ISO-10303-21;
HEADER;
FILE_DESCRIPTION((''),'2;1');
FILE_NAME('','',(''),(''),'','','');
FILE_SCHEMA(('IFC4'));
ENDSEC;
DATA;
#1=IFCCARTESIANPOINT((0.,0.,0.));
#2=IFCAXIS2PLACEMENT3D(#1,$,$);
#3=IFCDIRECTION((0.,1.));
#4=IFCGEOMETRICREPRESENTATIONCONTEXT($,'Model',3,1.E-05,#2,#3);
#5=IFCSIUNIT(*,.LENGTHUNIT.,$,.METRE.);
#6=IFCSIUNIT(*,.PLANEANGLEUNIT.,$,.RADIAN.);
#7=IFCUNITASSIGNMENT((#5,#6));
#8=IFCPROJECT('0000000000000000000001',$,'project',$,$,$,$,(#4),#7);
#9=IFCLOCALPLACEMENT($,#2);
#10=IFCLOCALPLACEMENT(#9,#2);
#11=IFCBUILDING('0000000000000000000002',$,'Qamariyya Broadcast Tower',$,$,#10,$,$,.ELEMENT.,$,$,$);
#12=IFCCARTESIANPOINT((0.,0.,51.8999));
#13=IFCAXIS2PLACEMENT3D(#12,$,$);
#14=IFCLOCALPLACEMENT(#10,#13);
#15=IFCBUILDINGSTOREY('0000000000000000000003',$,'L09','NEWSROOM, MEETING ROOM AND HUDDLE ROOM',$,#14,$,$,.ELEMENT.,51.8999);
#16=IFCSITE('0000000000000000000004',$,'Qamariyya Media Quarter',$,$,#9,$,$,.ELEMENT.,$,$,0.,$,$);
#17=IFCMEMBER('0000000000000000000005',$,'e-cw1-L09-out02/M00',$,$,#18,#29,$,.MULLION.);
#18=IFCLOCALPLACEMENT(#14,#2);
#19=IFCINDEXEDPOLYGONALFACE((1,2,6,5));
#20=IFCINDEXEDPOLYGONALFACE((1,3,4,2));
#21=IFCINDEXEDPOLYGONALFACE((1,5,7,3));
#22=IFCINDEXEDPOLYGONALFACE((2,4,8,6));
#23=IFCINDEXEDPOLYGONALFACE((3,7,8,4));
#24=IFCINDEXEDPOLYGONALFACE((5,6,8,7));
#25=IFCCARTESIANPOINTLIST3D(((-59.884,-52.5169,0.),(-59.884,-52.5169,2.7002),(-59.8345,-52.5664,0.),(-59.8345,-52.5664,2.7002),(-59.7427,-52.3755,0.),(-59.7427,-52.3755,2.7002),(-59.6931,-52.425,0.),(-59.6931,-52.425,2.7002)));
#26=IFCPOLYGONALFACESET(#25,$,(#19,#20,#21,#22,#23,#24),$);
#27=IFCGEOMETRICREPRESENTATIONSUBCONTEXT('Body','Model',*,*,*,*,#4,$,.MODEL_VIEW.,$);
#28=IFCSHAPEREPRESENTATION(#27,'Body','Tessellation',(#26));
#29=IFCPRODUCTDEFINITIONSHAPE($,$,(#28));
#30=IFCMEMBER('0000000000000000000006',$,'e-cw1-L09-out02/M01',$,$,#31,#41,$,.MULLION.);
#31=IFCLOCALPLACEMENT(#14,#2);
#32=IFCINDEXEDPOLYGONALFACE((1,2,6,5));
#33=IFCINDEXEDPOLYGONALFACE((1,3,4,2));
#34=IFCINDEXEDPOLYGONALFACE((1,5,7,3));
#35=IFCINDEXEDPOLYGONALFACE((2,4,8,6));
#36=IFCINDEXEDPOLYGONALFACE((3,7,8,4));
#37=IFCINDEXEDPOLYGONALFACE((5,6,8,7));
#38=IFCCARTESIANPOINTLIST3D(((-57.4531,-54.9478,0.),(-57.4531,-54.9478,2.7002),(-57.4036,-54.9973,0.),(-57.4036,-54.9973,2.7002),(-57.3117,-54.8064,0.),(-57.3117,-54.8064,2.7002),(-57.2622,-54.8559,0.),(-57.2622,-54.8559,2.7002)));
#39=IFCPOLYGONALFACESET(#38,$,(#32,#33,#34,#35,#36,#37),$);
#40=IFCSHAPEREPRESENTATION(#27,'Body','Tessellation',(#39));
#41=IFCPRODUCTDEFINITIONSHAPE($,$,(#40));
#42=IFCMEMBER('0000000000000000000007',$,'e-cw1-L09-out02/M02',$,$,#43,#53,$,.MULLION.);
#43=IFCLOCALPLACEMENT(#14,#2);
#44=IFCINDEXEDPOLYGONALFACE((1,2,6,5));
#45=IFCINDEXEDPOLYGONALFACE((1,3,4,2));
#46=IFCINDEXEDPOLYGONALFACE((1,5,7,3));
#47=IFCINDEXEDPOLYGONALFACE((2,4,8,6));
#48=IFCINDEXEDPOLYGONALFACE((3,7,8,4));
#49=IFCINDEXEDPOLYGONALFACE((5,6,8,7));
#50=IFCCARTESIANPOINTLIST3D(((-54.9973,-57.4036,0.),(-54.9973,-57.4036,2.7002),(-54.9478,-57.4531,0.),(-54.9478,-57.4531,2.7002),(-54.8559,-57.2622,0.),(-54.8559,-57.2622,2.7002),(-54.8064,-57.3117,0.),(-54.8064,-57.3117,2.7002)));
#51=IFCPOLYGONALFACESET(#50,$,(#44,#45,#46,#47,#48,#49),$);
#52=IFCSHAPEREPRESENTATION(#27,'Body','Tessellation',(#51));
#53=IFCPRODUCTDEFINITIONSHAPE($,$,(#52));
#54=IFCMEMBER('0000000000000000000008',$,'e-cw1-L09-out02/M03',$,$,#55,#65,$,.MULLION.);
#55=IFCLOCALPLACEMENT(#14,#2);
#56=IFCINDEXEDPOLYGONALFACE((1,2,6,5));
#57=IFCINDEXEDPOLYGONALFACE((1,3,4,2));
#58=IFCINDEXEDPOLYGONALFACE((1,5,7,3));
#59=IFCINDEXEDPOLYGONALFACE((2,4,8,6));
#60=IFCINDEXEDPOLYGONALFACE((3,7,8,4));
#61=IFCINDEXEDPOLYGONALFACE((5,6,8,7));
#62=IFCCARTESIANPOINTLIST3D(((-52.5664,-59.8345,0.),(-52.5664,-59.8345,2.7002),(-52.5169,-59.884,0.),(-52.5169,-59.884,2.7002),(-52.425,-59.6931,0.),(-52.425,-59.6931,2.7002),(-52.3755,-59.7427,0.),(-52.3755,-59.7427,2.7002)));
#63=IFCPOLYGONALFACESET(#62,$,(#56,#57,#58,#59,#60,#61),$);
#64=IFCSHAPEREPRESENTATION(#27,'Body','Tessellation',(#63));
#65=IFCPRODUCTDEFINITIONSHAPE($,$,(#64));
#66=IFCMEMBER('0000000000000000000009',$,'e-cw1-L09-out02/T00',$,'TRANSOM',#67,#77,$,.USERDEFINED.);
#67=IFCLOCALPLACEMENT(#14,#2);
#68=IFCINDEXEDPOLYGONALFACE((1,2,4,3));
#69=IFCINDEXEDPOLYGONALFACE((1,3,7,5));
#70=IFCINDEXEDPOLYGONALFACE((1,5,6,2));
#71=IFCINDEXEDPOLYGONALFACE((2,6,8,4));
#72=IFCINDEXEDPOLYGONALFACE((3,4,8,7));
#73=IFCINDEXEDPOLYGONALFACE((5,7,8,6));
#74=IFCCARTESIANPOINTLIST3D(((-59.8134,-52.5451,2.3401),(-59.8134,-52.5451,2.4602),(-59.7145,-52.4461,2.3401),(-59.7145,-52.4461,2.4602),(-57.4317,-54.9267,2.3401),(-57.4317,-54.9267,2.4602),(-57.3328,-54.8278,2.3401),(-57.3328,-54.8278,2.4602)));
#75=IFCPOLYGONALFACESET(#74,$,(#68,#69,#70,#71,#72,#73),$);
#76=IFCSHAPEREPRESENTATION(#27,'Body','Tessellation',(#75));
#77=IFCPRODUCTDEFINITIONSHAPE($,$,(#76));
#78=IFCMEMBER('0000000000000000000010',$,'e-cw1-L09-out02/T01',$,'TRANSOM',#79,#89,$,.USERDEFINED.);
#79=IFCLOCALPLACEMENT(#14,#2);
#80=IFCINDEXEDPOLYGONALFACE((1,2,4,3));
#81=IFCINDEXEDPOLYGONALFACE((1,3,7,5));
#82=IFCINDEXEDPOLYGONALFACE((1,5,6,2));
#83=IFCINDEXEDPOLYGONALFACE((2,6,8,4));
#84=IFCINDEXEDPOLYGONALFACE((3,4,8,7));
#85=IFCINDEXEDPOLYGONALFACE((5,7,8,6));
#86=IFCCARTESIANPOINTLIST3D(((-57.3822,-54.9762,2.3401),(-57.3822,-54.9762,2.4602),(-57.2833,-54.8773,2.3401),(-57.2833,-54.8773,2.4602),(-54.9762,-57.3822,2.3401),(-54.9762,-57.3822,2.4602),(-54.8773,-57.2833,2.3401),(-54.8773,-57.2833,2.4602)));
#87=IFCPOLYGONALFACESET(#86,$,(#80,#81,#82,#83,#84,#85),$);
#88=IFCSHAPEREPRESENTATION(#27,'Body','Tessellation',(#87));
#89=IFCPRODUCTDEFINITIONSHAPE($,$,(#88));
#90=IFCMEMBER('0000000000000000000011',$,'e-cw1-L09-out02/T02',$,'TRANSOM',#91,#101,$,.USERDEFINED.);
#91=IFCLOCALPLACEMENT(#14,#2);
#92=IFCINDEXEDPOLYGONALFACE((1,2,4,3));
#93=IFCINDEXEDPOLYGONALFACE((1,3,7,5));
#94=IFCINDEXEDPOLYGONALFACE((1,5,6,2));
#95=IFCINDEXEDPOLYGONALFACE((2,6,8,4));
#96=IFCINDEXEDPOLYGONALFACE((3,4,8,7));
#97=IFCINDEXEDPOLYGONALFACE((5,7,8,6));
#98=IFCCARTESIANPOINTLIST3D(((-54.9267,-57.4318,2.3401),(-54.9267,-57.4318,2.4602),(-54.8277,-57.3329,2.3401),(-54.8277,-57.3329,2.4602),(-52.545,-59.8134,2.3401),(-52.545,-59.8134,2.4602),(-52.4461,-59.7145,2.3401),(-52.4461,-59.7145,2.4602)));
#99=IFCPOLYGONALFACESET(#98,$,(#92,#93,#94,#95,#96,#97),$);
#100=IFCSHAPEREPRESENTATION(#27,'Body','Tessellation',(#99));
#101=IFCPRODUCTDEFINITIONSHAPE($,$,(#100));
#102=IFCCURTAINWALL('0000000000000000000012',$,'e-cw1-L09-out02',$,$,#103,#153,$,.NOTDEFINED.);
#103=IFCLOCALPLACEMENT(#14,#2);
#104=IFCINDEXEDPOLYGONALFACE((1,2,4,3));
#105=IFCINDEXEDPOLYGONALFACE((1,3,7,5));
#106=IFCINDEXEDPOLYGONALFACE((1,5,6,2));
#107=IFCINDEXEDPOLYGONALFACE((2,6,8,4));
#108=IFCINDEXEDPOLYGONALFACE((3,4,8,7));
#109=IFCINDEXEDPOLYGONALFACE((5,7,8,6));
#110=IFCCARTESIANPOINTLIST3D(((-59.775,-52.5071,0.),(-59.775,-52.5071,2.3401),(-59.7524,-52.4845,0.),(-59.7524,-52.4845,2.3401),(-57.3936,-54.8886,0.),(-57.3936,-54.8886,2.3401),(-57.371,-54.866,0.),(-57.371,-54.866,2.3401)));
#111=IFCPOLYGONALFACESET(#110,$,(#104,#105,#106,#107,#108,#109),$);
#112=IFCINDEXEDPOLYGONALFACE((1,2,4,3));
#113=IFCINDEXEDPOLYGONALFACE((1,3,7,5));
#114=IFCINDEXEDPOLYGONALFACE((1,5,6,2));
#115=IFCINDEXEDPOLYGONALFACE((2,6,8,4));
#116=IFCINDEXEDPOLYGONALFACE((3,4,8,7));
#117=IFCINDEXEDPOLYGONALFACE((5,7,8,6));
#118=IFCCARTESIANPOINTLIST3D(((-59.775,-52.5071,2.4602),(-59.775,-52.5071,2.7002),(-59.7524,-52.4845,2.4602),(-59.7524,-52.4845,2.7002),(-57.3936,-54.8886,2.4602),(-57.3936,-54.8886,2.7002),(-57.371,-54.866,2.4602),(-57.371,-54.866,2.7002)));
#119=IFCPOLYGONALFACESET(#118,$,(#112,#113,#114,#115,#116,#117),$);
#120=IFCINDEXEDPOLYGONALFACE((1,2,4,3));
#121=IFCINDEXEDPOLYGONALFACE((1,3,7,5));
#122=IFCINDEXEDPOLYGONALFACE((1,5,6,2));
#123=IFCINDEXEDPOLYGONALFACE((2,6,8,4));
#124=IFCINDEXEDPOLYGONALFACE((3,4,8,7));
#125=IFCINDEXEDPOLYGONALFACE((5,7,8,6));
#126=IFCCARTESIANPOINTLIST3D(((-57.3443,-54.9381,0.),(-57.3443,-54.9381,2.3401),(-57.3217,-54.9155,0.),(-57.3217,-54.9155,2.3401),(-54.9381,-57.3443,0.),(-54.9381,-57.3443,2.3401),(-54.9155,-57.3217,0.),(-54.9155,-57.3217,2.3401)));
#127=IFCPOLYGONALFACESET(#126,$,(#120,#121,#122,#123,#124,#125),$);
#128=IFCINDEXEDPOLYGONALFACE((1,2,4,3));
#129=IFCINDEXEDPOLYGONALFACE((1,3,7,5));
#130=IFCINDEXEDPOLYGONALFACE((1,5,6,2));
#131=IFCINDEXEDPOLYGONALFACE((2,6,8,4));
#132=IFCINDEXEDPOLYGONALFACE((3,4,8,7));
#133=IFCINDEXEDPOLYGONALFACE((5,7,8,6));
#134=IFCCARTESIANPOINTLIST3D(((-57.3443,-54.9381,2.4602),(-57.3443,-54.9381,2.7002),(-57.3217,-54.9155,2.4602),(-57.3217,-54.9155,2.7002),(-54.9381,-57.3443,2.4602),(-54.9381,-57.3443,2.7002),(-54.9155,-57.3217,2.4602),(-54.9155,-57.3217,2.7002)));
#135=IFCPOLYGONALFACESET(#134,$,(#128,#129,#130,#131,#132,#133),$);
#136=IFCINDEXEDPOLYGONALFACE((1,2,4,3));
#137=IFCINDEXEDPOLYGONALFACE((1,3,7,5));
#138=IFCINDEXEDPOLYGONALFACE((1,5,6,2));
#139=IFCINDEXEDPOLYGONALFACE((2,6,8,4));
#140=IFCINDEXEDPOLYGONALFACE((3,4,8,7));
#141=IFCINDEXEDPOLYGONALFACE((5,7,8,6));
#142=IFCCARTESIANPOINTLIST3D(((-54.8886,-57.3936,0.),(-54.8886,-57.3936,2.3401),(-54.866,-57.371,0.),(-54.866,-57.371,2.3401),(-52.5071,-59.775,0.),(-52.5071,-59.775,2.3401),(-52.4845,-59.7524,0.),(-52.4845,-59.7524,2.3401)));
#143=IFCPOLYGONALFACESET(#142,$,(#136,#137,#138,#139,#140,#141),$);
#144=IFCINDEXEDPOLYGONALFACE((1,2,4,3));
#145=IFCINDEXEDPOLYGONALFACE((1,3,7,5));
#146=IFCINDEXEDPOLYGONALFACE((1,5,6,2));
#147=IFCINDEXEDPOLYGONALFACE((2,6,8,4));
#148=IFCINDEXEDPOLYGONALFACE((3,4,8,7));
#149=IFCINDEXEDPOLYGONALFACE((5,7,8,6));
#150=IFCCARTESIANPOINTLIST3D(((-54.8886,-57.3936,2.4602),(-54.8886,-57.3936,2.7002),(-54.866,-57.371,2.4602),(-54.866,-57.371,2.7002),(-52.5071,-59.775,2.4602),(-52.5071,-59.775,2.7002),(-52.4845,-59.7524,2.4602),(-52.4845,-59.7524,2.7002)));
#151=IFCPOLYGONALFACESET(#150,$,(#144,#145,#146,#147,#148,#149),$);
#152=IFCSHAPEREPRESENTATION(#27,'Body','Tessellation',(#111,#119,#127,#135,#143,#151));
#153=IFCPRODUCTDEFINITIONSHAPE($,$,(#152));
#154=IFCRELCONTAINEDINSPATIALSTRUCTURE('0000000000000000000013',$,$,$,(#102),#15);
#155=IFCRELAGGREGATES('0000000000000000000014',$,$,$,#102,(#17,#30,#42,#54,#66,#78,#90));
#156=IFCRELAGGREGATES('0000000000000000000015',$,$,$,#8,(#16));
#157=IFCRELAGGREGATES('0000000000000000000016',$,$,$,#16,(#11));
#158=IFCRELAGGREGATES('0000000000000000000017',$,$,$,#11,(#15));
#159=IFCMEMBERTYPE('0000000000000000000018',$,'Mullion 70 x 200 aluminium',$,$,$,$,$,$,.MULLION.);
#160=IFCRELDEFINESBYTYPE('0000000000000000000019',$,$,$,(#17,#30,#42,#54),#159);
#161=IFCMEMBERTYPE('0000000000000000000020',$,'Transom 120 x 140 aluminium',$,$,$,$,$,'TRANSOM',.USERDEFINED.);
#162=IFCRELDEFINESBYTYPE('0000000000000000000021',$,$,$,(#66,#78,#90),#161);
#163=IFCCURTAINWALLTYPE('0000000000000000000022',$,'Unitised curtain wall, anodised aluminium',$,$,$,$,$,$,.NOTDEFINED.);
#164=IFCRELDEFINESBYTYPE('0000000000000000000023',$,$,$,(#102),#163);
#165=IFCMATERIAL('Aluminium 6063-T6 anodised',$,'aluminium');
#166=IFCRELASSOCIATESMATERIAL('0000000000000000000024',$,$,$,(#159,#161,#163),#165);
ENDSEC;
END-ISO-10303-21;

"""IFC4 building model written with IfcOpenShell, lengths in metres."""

from ifc_helpers import new_model, si_unit, direction, frame, origin, origin_2d, place, context, subcontext, project, spatial, rectangle, extrude, material, material_profile, profile_set, type_object, element, aggregate, save


model = new_model("IFC4")

# Units and contexts
model_context = context("Model", 3, precision=1e-05, world=origin(), true_north=direction((0.0, 1.0)))
body_context = subcontext(model_context, "Body", "Model", "MODEL_VIEW")
ifc_project = project(units=[si_unit("LENGTHUNIT", "METRE"), si_unit("PLANEANGLEUNIT", "RADIAN")], contexts=[model_context])

# Members
ifc_material = material(Name="Aluminium 6063-T6 anodised", Category="aluminium")
ifc_material_profile_1 = material_profile(ifc_material, rectangle(XDim=0.2, YDim=0.0701, at=origin_2d()))
ifc_profile_set_1 = profile_set([ifc_material_profile_1], Name="Aluminium 6063-T6 anodised")
member_type_1 = type_object("IfcMemberType", Name="Mullion 70 x 200 aluminium", PredefinedType="MULLION", material=ifc_profile_set_1)
site_placement = place(None, origin())
building_placement = place(site_placement, origin())
storey_placement = place(building_placement, frame((0.0, 0.0, 51.8999)))
member_1_placement = place(storey_placement, frame((-59.7886, -52.4709, 0.0), z_axis=(0.0, 0.0, 1.0), x_axis=(0.707107, 0.707107, 0.0)))
member_1 = element("IfcMember", 1, at=member_1_placement, type_object=member_type_1, Name="e-cw1-L09-out02/M00", PredefinedType="MULLION", context=body_context, shape_type="SweptSolid", body=[
    extrude(rectangle(XDim=0.2, YDim=0.0701, at=origin_2d()), origin(), (0.0, 0.0, 1.0), 2.7002),
])
member_2_placement = place(storey_placement, frame((-57.3577, -54.9019, 0.0), z_axis=(0.0, 0.0, 1.0), x_axis=(0.707107, 0.707107, 0.0)))
member_2 = element("IfcMember", 2, at=member_2_placement, type_object=member_type_1, Name="e-cw1-L09-out02/M01", PredefinedType="MULLION", context=body_context, shape_type="SweptSolid", body=[
    extrude(rectangle(XDim=0.2, YDim=0.0701, at=origin_2d()), origin(), (0.0, 0.0, 1.0), 2.7002),
])
member_3_placement = place(storey_placement, frame((-54.9019, -57.3577, 0.0), z_axis=(0.0, 0.0, 1.0), x_axis=(0.707107, 0.707107, 0.0)))
member_3 = element("IfcMember", 3, at=member_3_placement, type_object=member_type_1, Name="e-cw1-L09-out02/M02", PredefinedType="MULLION", context=body_context, shape_type="SweptSolid", body=[
    extrude(rectangle(XDim=0.2, YDim=0.0701, at=origin_2d()), origin(), (0.0, 0.0, 1.0), 2.7002),
])
member_4_placement = place(storey_placement, frame((-52.4709, -59.7886, 0.0), z_axis=(0.0, 0.0, 1.0), x_axis=(0.707107, 0.707107, 0.0)))
member_4 = element("IfcMember", 4, at=member_4_placement, type_object=member_type_1, Name="e-cw1-L09-out02/M03", PredefinedType="MULLION", context=body_context, shape_type="SweptSolid", body=[
    extrude(rectangle(XDim=0.2, YDim=0.0701, at=origin_2d()), origin(), (0.0, 0.0, 1.0), 2.7002),
])
ifc_material_profile_2 = material_profile(ifc_material, rectangle(XDim=0.1399, YDim=0.1201, at=origin_2d()))
ifc_profile_set_2 = profile_set([ifc_material_profile_2], Name="Aluminium 6063-T6 anodised")
member_type_2 = type_object("IfcMemberType", Name="Transom 120 x 140 aluminium", ElementType="TRANSOM", PredefinedType="USERDEFINED", material=ifc_profile_set_2)
member_5_placement = place(storey_placement, frame((-59.7639, -52.4956, 2.4001), z_axis=(0.707107, -0.707107, 0.0), x_axis=(0.707107, 0.707107, 0.0)))
member_5 = element("IfcMember", 5, at=member_5_placement, type_object=member_type_2, Name="e-cw1-L09-out02/T00", ObjectType="TRANSOM", PredefinedType="USERDEFINED", context=body_context, shape_type="SweptSolid", body=[
    extrude(rectangle(XDim=0.1399, YDim=0.1201, at=origin_2d()), origin(), (0.0, 0.0, 1.0), 3.3682),
])
member_6_placement = place(storey_placement, frame((-57.3328, -54.9268, 2.4001), z_axis=(0.707107, -0.707107, 0.0), x_axis=(0.707107, 0.707107, 0.0)))
member_6 = element("IfcMember", 6, at=member_6_placement, type_object=member_type_2, Name="e-cw1-L09-out02/T01", ObjectType="TRANSOM", PredefinedType="USERDEFINED", context=body_context, shape_type="SweptSolid", body=[
    extrude(rectangle(XDim=0.1399, YDim=0.1201, at=origin_2d()), origin(), (0.0, 0.0, 1.0), 3.4026),
])
member_7_placement = place(storey_placement, frame((-54.8772, -57.3823, 2.4001), z_axis=(0.707107, -0.707107, 0.0), x_axis=(0.707107, 0.707107, 0.0)))
member_7 = element("IfcMember", 7, at=member_7_placement, type_object=member_type_2, Name="e-cw1-L09-out02/T02", ObjectType="TRANSOM", PredefinedType="USERDEFINED", context=body_context, shape_type="SweptSolid", body=[
    extrude(rectangle(XDim=0.1399, YDim=0.1201, at=origin_2d()), origin(), (0.0, 0.0, 1.0), 3.3682),
])

# Site, building, storey
site = spatial("IfcSite", under=ifc_project, at=site_placement, Name="Qamariyya Media Quarter", CompositionType="ELEMENT", RefElevation=0.0)
building = spatial("IfcBuilding", under=site, at=building_placement, Name="Qamariyya Broadcast Tower", CompositionType="ELEMENT")
storey = spatial("IfcBuildingStorey", under=building, at=storey_placement, Name="L09", Description="NEWSROOM, MEETING ROOM AND HUDDLE ROOM", CompositionType="ELEMENT", Elevation=51.8999)

# Curtain wall
curtain_wall_type = type_object("IfcCurtainWallType", Name="Unitised curtain wall, anodised aluminium", PredefinedType="NOTDEFINED", material=ifc_material)
curtain_wall_1_placement = place(storey_placement, origin())
curtain_wall_1 = element("IfcCurtainWall", 8, at=curtain_wall_1_placement, inside=storey, type_object=curtain_wall_type, Name="e-cw1-L09-out02", PredefinedType="NOTDEFINED", context=body_context, shape_type="SweptSolid", body=[
    extrude(rectangle(XDim=3.3679, YDim=0.032, at=origin_2d()), frame((-58.573, -53.6865, 0.0), x_axis=(0.707107, -0.707107, 0.0)), (0.0, 0.0, 1.0), 2.3401),
    extrude(rectangle(XDim=3.3679, YDim=0.032, at=origin_2d()), frame((-58.573, -53.6865, 2.4602), x_axis=(0.707107, -0.707107, 0.0)), (0.0, 0.0, 1.0), 0.24),
    extrude(rectangle(XDim=3.4028, YDim=0.032, at=origin_2d()), frame((-56.1299, -56.1299, 0.0), x_axis=(0.707107, -0.707107, 0.0)), (0.0, 0.0, 1.0), 2.3401),
    extrude(rectangle(XDim=3.4028, YDim=0.032, at=origin_2d()), frame((-56.1299, -56.1299, 2.4602), x_axis=(0.707107, -0.707107, 0.0)), (0.0, 0.0, 1.0), 0.24),
    extrude(rectangle(XDim=3.3679, YDim=0.032, at=origin_2d()), frame((-53.6865, -58.573, 0.0), x_axis=(0.707107, -0.707107, 0.0)), (0.0, 0.0, 1.0), 2.3401),
    extrude(rectangle(XDim=3.3679, YDim=0.032, at=origin_2d()), frame((-53.6865, -58.573, 2.4602), x_axis=(0.707107, -0.707107, 0.0)), (0.0, 0.0, 1.0), 0.24),
])
aggregate(curtain_wall_1, [member_1, member_2, member_3, member_4, member_5, member_6, member_7])

save(model, "model.ifc")
